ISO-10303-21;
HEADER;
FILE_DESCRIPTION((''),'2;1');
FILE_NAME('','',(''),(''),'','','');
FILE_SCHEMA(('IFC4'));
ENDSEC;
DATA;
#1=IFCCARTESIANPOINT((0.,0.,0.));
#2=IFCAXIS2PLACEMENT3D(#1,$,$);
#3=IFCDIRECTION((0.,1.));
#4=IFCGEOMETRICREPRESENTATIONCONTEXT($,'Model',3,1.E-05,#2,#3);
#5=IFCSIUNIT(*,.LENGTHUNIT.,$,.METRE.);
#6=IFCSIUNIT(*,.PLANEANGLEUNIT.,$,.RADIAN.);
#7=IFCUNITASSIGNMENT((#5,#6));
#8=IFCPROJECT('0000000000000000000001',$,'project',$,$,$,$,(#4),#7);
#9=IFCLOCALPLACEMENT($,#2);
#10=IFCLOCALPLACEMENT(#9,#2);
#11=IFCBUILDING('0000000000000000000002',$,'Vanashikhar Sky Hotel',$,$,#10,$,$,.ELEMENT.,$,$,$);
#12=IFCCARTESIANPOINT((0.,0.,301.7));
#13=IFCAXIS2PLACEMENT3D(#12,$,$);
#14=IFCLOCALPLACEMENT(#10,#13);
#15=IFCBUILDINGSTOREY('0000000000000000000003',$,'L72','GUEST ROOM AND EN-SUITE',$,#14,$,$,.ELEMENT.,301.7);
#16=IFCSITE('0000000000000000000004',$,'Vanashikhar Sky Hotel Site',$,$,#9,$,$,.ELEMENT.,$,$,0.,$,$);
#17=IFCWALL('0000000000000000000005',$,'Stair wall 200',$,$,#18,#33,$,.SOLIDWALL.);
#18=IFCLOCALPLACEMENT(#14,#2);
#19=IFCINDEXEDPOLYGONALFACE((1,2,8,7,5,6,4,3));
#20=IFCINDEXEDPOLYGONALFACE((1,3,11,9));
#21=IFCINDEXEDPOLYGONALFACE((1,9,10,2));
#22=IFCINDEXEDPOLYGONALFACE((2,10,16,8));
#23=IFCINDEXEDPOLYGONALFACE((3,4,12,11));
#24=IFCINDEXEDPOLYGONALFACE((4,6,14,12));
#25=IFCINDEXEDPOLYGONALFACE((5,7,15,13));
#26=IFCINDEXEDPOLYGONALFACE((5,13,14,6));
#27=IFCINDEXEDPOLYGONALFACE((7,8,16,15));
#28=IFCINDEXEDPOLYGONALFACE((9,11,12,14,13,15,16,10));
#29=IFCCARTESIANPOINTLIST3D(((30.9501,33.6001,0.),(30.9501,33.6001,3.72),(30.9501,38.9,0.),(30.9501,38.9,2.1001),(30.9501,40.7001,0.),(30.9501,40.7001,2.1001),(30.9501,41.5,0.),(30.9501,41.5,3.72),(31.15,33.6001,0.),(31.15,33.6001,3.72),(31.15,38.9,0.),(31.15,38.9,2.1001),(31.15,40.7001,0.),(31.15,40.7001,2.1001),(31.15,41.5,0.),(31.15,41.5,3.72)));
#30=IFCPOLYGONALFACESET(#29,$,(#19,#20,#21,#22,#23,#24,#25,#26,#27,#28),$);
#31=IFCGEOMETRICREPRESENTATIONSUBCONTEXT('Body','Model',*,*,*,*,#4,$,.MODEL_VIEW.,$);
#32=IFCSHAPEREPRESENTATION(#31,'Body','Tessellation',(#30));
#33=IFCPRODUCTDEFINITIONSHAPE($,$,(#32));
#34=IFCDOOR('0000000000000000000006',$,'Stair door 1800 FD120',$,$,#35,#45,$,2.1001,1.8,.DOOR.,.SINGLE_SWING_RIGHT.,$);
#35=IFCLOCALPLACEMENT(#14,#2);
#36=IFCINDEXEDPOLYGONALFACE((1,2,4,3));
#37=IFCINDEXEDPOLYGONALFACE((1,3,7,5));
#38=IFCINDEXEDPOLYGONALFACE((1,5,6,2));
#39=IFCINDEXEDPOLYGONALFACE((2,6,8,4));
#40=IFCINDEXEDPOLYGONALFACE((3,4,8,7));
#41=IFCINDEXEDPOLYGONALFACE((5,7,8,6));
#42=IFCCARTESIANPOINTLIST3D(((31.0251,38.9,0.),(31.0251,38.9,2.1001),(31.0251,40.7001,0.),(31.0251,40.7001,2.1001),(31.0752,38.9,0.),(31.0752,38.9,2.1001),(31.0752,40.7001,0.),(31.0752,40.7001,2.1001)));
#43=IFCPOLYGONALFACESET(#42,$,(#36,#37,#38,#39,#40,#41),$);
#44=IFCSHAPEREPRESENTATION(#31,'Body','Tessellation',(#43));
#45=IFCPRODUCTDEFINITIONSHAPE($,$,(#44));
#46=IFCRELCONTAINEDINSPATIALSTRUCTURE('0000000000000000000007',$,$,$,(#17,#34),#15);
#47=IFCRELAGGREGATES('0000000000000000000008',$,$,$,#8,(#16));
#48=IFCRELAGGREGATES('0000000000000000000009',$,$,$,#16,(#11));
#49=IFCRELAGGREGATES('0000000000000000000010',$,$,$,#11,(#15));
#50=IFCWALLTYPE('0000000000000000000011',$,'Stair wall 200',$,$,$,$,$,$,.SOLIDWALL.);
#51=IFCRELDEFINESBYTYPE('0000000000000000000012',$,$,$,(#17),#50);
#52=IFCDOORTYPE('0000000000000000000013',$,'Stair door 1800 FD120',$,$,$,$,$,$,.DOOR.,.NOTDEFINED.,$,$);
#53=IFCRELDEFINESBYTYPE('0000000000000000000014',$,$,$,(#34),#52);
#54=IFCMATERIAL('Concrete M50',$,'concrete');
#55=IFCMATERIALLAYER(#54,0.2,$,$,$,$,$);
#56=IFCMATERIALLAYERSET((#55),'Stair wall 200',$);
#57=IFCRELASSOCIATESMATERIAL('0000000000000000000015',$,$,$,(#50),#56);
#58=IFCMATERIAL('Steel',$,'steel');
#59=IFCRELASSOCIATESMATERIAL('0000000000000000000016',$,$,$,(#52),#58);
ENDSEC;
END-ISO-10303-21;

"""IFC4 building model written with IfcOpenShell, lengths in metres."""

from ifc_helpers import new_model, si_unit, direction, frame, frame_2d, origin, place, context, subcontext, project, spatial, rectangle, extrude, source, transform, mapped, material, layer, layer_set, type_object, element, fill, save


model = new_model("IFC4")

# Units and contexts
model_context = context("Model", 3, precision=1e-05, world=origin(), true_north=direction((0.0, 1.0)))
body_context = subcontext(model_context, "Body", "Model", "MODEL_VIEW")
ifc_project = project(units=[si_unit("LENGTHUNIT", "METRE"), si_unit("PLANEANGLEUNIT", "RADIAN")], contexts=[model_context])

# Site, building, storey
site_placement = place(None, origin())
site = spatial("IfcSite", under=ifc_project, at=site_placement, Name="Vanashikhar Sky Hotel Site", CompositionType="ELEMENT", RefElevation=0.0)
building_placement = place(site_placement, origin())
building = spatial("IfcBuilding", under=site, at=building_placement, Name="Vanashikhar Sky Hotel", CompositionType="ELEMENT")
storey_placement = place(building_placement, frame((0.0, 0.0, 301.7)))
storey = spatial("IfcBuildingStorey", under=building, at=storey_placement, Name="L72", Description="GUEST ROOM AND EN-SUITE", CompositionType="ELEMENT", Elevation=301.7)

# Shared definitions
ifc_material_1 = material(Name="Concrete M50", Category="concrete")
ifc_material_2 = material(Name="Steel", Category="steel")

# Wall, opening, door
ifc_layer_1 = layer(ifc_material_1, 0.2)
ifc_layer_set_1 = layer_set([ifc_layer_1], Name="Stair wall 200")
wall_type_1 = type_object("IfcWallType", Name="Stair wall 200", PredefinedType="SOLIDWALL", material=ifc_layer_set_1)
shared_shape_1 = source(origin(), body_context, "Body", "SweptSolid", [
    extrude(rectangle(XDim=7.8999, YDim=0.2, at=frame_2d((3.95, 0.0))), origin(), (0.0, 0.0, 1.0), 3.72),
])
wall_1_placement = place(storey_placement, frame((31.05, 33.6001, 0.0), z_axis=(0.0, 0.0, 1.0), x_axis=(0.0, 1.0, 0.0)))
wall_1 = element("IfcWall", 1, at=wall_1_placement, inside=storey, type_object=wall_type_1, Name="Stair wall 200", PredefinedType="SOLIDWALL", context=body_context, shape_type="MappedRepresentation", body=[
    mapped(shared_shape_1, transform((0.0, 0.0, 0.0), scale=1.0)),
])
shared_shape_2 = source(origin(), body_context, "Body", "SweptSolid", [
    extrude(rectangle(XDim=1.8, YDim=2.1001, at=frame_2d((0.8999, 1.05))), frame((0.0, 0.1099, 0.0), z_axis=(0.0, -1.0, 0.0), x_axis=(1.0, 0.0, 0.0)), (0.0, 0.0, 1.0), 0.22),
])
opening_1_placement = place(wall_1_placement, frame((5.3, 0.0, 0.0)))
opening_1 = element("IfcOpeningElement", 2, at=opening_1_placement, cuts=wall_1, PredefinedType="OPENING", context=body_context, shape_type="MappedRepresentation", body=[
    mapped(shared_shape_2, transform((0.0, 0.0, 0.0), scale=1.0)),
])
door_type_1 = type_object("IfcDoorType", Name="Stair door 1800 FD120", OperationType="NOTDEFINED", PredefinedType="DOOR", material=ifc_material_2)
shared_shape_3 = source(origin(), body_context, "Body", "SweptSolid", [
    extrude(rectangle(XDim=1.8, YDim=2.1001, at=frame_2d((0.8999, 1.05))), frame((0.0, 0.0249, 0.0), z_axis=(0.0, -1.0, 0.0), x_axis=(1.0, 0.0, 0.0)), (0.0, 0.0, 1.0), 0.05),
])
door_1_placement = place(opening_1_placement, origin())
door_1 = element("IfcDoor", 3, at=door_1_placement, inside=storey, type_object=door_type_1, Name="Stair door 1800 FD120", OperationType="SINGLE_SWING_RIGHT", OverallHeight=2.1001, OverallWidth=1.8, PredefinedType="DOOR", context=body_context, shape_type="MappedRepresentation", body=[
    mapped(shared_shape_3, transform((0.0, 0.0, 0.0), scale=1.0)),
])
fill(opening_1, door_1)

save(model, "model.ifc")
